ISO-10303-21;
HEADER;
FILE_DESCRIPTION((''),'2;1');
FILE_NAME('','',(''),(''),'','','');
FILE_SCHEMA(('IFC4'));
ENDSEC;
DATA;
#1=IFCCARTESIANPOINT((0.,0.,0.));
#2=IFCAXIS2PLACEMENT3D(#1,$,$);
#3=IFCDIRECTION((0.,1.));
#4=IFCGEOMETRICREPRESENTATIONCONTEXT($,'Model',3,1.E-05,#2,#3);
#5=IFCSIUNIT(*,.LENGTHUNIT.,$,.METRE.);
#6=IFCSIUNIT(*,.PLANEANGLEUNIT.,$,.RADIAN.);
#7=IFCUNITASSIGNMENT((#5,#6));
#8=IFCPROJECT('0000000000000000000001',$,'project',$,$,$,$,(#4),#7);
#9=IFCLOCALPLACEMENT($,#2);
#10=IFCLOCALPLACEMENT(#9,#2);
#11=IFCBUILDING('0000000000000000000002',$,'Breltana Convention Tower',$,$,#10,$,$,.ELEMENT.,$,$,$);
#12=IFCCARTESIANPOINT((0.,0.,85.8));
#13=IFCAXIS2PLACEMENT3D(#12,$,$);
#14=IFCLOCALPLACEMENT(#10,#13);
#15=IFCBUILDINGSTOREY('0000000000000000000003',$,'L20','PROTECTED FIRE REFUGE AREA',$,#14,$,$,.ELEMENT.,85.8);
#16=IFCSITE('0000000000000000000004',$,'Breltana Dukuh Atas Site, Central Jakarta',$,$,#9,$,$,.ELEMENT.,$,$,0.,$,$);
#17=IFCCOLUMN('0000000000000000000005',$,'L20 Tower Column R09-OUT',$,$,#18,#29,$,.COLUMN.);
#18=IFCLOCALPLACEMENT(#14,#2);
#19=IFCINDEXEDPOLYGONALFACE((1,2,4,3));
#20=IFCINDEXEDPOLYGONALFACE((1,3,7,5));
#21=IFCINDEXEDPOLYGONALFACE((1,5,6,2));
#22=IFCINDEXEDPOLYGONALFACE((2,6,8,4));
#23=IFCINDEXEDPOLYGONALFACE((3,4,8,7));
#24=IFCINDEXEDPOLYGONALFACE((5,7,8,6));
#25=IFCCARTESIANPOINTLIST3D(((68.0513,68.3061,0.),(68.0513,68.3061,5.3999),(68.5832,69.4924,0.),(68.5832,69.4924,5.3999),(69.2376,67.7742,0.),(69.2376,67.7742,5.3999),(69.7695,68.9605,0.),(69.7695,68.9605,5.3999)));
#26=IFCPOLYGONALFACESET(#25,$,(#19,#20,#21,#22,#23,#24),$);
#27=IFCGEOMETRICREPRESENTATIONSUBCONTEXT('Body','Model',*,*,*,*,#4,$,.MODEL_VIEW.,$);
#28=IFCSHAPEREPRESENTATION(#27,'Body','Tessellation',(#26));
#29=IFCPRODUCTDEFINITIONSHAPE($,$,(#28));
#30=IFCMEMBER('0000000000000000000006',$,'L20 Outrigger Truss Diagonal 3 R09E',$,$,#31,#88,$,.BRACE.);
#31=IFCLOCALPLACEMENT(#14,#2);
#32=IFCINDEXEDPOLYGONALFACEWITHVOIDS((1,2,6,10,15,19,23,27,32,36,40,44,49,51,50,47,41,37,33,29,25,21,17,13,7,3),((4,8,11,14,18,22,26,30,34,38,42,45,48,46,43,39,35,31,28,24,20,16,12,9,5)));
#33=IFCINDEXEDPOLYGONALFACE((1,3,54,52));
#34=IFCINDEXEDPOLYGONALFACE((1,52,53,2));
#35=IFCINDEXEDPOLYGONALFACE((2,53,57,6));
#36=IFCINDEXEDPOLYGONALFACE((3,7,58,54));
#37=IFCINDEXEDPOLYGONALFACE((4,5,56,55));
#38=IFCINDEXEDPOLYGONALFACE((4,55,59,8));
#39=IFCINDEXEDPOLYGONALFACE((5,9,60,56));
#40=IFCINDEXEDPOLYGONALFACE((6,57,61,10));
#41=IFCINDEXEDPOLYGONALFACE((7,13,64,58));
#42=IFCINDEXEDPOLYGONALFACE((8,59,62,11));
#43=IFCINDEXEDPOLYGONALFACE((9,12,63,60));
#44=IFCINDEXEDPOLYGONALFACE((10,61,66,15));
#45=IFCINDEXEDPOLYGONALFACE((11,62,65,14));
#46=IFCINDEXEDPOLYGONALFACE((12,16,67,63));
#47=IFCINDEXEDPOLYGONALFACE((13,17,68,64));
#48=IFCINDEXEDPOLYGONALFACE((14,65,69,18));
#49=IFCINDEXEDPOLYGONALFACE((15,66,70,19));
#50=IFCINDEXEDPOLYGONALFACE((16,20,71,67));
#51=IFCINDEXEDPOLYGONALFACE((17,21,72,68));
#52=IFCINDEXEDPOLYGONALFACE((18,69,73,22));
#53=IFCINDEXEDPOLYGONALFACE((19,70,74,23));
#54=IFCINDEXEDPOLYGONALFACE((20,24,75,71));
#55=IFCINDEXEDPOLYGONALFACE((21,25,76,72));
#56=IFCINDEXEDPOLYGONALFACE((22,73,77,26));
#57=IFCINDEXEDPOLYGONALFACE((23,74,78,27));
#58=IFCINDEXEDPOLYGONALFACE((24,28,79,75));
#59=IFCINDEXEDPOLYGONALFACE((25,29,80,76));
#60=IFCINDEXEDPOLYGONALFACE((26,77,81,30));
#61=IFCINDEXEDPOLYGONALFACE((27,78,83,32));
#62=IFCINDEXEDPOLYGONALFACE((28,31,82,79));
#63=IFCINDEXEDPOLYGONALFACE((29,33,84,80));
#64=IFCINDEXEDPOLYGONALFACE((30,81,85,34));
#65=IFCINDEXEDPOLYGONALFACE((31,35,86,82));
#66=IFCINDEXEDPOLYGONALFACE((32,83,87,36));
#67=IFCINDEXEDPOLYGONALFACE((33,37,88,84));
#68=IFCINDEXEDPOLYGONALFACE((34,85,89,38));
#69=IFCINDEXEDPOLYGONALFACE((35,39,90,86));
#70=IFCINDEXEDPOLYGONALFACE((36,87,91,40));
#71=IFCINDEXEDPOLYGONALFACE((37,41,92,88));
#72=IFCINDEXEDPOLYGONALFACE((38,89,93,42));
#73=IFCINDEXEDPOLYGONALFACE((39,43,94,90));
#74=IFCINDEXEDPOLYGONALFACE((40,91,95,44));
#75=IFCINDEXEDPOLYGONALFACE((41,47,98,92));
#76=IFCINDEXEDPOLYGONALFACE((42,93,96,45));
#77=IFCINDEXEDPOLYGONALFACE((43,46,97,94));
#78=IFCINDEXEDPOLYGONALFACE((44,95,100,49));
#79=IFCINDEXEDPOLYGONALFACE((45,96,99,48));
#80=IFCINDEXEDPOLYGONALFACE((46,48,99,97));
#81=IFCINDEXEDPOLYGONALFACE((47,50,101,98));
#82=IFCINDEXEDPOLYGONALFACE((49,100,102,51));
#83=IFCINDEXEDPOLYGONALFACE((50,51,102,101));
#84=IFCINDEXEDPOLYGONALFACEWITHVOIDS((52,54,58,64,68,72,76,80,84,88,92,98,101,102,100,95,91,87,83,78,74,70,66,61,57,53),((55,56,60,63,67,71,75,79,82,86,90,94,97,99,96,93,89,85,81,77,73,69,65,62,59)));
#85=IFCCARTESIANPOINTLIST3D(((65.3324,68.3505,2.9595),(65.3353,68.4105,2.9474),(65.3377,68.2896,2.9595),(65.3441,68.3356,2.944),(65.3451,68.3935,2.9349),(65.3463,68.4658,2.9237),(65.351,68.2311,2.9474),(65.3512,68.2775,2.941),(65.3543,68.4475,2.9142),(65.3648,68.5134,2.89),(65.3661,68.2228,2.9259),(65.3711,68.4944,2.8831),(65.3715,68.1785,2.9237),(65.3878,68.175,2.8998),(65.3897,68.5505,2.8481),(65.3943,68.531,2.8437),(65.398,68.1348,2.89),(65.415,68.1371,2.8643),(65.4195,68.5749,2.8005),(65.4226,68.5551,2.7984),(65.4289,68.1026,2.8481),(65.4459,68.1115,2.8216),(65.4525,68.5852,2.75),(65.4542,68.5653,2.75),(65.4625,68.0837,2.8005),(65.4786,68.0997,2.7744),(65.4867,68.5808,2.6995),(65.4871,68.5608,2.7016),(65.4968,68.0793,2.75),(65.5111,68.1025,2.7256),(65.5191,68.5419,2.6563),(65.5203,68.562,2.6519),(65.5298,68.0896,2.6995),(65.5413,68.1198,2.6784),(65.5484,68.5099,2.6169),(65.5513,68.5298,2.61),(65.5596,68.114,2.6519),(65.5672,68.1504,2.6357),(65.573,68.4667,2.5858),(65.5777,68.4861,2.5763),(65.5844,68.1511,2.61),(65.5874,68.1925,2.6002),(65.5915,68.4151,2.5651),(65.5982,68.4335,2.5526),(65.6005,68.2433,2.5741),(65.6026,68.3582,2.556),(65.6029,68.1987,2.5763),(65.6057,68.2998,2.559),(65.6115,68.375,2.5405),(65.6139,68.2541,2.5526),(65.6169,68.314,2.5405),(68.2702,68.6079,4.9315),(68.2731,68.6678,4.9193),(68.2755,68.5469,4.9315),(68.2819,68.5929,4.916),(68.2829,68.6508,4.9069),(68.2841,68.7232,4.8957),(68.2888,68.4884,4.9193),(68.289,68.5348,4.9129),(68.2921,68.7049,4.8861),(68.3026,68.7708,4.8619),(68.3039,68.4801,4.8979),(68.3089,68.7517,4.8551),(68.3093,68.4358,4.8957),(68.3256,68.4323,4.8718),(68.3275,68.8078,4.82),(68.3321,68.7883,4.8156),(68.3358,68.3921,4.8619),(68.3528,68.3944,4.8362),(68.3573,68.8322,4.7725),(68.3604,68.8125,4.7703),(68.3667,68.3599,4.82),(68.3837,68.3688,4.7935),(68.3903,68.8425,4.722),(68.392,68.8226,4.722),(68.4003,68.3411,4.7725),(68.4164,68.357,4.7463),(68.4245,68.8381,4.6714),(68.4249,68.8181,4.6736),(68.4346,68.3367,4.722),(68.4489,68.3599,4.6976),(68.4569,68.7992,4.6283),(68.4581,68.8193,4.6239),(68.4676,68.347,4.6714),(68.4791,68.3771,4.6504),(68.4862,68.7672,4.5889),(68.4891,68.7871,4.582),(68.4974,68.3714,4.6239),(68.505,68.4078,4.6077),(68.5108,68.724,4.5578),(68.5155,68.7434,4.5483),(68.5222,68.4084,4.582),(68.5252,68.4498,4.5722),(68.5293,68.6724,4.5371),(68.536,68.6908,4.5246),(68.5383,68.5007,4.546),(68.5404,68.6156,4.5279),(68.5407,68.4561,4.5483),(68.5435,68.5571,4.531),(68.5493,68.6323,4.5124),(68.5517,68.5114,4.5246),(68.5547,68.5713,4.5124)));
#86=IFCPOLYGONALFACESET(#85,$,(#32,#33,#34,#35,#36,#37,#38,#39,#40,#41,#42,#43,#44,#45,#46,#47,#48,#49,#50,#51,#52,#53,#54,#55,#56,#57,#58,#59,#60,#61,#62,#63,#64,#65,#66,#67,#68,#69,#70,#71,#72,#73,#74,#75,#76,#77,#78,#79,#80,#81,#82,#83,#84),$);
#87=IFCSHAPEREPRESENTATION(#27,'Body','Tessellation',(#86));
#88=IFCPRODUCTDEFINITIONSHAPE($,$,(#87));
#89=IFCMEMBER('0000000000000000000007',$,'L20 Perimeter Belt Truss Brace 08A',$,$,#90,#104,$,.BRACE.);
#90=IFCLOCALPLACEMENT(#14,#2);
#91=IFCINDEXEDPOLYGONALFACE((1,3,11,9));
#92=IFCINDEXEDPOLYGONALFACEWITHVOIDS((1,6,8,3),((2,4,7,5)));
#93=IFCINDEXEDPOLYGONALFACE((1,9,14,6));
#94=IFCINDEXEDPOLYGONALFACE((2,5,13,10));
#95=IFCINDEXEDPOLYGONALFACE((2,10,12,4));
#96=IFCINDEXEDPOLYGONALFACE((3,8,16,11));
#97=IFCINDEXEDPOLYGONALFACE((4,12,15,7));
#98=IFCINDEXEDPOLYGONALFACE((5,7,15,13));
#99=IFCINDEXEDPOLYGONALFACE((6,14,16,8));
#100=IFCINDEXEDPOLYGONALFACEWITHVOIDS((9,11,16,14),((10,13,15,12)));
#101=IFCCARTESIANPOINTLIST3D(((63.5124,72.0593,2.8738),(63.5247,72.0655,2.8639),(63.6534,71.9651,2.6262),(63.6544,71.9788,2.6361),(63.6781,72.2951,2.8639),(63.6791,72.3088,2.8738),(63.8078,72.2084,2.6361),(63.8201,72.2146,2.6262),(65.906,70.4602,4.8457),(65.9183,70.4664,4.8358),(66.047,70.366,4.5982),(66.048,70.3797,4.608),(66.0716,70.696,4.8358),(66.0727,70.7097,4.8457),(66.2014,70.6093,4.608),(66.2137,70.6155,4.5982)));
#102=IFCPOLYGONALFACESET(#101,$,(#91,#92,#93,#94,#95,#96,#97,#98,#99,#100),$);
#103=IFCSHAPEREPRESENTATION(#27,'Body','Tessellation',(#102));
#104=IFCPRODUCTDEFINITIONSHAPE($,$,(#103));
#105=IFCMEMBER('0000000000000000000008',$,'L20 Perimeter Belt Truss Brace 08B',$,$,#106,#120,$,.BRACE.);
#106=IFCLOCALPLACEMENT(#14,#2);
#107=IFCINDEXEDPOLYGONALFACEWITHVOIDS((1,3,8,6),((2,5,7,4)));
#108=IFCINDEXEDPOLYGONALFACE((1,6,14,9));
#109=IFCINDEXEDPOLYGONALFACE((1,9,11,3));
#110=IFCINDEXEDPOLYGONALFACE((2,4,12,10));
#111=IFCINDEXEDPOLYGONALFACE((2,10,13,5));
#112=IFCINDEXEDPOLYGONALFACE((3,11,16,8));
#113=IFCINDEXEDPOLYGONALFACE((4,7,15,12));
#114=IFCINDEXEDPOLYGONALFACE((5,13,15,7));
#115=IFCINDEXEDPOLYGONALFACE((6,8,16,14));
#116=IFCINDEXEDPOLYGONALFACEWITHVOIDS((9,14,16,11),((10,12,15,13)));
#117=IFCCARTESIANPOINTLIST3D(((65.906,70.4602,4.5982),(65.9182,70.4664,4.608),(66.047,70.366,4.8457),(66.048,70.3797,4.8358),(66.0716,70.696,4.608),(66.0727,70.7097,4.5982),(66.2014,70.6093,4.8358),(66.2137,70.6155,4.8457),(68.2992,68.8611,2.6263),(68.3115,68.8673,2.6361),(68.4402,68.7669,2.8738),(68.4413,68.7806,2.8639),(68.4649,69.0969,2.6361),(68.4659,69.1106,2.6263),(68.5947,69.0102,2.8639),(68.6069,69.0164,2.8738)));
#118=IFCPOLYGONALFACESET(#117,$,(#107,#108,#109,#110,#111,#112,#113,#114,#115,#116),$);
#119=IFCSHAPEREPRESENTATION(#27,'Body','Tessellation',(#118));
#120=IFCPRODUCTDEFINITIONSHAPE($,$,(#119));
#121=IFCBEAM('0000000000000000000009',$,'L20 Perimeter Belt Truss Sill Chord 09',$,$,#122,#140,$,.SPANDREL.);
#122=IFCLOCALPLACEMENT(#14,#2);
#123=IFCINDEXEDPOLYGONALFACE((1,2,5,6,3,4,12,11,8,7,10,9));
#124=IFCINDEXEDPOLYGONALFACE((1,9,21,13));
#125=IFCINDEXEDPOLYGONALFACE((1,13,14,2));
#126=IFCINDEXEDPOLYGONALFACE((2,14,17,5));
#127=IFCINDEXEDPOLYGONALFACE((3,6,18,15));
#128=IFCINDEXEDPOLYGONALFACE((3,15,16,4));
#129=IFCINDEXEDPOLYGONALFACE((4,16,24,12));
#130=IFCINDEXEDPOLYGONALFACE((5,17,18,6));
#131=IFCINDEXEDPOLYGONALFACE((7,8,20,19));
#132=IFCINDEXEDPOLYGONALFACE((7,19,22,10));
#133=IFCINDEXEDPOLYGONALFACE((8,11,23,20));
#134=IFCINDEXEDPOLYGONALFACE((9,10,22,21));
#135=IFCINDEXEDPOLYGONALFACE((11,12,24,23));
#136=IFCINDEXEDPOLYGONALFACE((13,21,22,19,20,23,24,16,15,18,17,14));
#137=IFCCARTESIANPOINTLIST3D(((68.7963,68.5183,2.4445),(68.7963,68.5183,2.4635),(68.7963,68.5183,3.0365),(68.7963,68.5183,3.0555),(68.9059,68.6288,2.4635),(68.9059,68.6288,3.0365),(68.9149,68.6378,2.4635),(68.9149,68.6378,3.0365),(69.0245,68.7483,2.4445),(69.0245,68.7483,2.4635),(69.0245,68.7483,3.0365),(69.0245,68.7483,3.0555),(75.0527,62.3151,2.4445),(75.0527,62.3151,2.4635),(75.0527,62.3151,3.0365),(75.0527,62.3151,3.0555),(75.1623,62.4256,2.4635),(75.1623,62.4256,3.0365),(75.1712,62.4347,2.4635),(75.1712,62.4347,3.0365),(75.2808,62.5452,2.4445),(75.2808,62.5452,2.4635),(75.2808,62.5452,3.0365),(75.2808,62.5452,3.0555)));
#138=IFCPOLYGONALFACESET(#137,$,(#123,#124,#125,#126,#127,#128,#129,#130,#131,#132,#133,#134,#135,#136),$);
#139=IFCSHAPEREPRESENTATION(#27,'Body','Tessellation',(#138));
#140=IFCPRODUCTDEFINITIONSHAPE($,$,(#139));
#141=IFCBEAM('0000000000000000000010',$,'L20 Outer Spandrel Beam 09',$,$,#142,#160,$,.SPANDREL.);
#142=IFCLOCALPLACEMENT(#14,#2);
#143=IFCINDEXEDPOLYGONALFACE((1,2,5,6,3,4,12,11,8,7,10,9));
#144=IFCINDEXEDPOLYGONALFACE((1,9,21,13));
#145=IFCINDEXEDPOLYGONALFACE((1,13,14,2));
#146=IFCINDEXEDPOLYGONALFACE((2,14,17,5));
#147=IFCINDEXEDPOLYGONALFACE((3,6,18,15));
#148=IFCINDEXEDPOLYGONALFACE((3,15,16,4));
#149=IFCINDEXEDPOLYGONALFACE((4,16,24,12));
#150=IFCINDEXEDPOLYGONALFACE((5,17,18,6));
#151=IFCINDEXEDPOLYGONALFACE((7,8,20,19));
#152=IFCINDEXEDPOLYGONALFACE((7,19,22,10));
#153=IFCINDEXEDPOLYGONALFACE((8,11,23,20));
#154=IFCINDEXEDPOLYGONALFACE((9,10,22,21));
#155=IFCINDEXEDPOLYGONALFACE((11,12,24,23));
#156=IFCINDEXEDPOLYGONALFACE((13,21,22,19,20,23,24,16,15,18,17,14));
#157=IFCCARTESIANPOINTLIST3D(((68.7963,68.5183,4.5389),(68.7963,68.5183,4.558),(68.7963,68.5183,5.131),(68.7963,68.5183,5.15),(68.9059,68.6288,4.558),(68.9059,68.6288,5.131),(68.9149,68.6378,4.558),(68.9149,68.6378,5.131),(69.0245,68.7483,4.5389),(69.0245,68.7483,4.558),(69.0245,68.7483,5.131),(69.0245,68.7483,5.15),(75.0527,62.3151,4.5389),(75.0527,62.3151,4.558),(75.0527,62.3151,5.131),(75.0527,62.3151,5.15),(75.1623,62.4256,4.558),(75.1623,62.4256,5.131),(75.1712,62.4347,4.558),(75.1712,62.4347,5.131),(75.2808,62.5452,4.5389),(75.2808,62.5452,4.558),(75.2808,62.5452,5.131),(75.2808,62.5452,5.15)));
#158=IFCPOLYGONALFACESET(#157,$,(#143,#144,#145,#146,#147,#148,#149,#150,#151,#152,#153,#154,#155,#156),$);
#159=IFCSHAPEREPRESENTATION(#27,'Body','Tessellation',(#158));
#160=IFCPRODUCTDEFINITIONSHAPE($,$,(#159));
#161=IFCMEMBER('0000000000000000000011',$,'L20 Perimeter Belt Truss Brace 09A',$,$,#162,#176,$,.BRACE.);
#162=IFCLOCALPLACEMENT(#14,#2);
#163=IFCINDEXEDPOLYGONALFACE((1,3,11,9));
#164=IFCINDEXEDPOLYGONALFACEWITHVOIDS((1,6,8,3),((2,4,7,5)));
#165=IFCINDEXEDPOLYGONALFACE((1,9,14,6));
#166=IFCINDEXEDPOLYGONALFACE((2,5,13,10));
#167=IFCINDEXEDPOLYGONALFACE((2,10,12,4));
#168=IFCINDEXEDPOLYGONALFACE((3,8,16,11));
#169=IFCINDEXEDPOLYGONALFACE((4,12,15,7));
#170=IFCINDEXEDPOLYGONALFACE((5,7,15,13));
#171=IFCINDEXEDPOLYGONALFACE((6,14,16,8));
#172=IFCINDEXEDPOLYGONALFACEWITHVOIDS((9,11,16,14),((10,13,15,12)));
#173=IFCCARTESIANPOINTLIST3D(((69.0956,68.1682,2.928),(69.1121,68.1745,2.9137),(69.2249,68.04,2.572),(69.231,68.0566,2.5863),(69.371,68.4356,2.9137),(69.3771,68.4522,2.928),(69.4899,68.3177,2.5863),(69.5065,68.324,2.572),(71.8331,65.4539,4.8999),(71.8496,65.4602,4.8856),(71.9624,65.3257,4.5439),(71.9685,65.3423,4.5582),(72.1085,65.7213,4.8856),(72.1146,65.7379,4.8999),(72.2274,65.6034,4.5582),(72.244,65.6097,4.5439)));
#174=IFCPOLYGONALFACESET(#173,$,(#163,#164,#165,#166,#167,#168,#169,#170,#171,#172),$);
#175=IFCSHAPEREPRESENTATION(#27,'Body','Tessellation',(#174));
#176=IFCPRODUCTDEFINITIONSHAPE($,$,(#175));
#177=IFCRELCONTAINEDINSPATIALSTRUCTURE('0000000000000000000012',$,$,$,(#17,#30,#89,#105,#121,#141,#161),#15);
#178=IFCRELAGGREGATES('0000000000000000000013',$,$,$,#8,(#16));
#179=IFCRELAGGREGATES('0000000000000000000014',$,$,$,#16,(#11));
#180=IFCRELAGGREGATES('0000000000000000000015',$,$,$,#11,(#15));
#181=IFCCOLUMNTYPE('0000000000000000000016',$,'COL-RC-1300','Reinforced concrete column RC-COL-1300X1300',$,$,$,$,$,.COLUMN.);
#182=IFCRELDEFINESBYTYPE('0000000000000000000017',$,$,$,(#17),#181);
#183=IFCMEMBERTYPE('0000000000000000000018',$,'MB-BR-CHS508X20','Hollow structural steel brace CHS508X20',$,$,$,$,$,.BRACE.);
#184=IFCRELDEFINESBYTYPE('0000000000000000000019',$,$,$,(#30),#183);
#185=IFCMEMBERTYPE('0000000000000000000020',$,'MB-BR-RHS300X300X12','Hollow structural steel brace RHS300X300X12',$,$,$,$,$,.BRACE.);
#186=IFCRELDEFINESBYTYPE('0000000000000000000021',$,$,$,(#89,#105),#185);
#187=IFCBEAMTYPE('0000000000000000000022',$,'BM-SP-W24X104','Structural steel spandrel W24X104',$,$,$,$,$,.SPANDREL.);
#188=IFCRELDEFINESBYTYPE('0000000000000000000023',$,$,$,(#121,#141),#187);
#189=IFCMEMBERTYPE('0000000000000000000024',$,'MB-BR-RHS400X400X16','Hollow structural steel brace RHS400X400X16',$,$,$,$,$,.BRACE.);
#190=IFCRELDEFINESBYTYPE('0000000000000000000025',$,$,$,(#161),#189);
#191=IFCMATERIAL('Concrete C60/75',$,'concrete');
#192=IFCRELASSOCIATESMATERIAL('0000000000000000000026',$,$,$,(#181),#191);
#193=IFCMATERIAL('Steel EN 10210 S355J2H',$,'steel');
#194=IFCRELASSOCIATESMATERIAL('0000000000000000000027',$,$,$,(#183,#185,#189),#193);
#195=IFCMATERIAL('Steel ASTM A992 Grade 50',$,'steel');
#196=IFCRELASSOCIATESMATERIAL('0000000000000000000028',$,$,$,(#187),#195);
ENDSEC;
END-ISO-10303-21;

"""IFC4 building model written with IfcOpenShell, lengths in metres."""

from ifc_helpers import new_model, si_unit, direction, frame, origin, origin_2d, place, context, subcontext, project, spatial, rectangle, hollow_rectangle, hollow_circle, i_section, extrude, source, transform, mapped, material, material_profile, profile_set, type_object, type_shapes, element, save


model = new_model("IFC4")

# Units and contexts
model_context = context("Model", 3, precision=1e-05, world=origin(), true_north=direction((0.0, 1.0)))
body_context = subcontext(model_context, "Body", "Model", "MODEL_VIEW")
ifc_project = project(units=[si_unit("LENGTHUNIT", "METRE"), si_unit("PLANEANGLEUNIT", "RADIAN")], contexts=[model_context])

# Site, building, storey
site_placement = place(None, origin())
site = spatial("IfcSite", under=ifc_project, at=site_placement, Name="Breltana Dukuh Atas Site, Central Jakarta", CompositionType="ELEMENT", RefElevation=0.0)
building_placement = place(site_placement, origin())
building = spatial("IfcBuilding", under=site, at=building_placement, Name="Breltana Convention Tower", CompositionType="ELEMENT")
storey_placement = place(building_placement, frame((0.0, 0.0, 85.8)))
storey = spatial("IfcBuildingStorey", under=building, at=storey_placement, Name="L20", Description="PROTECTED FIRE REFUGE AREA", CompositionType="ELEMENT", Elevation=85.8)

# Column
ifc_material_1 = material(Name="Concrete C60/75", Category="concrete")
ifc_material_profile_1 = material_profile(ifc_material_1, rectangle(XDim=1.3, YDim=1.3, at=origin_2d()), Name="RC-COL-1300X1300")
ifc_profile_set_1 = profile_set([ifc_material_profile_1], Name="Concrete C60/75")
column_type = type_object("IfcColumnType", Name="COL-RC-1300", Description="Reinforced concrete column RC-COL-1300X1300", PredefinedType="COLUMN", material=ifc_profile_set_1)
shared_shape_1 = source(origin(), body_context, "Body", "SweptSolid", [
    extrude(rectangle(XDim=1.3, YDim=1.3, at=origin_2d()), origin(), (0.0, 0.0, 1.0), 5.3999),
])
type_shapes(column_type, [shared_shape_1])
column_placement = place(storey_placement, frame((68.9104, 68.6333, 0.0), z_axis=(0.0, 0.0, 1.0), x_axis=(0.409127, 0.912477, 0.0)))
element("IfcColumn", 1, at=column_placement, inside=storey, type_object=column_type, Name="L20 Tower Column R09-OUT", PredefinedType="COLUMN", context=body_context, shape_type="MappedRepresentation", body=[
    mapped(shared_shape_1, transform((0.0, 0.0, 0.0), scale=1.0)),
])

# Members
ifc_material_2 = material(Name="Steel EN 10210 S355J2H", Category="steel")
ifc_material_profile_2 = material_profile(ifc_material_2, hollow_circle(Radius=0.2539, WallThickness=0.02, at=origin_2d()), Name="CHS508X20")
ifc_profile_set_2 = profile_set([ifc_material_profile_2], Name="Steel EN 10210 S355J2H")
member_type_1 = type_object("IfcMemberType", Name="MB-BR-CHS508X20", Description="Hollow structural steel brace CHS508X20", PredefinedType="BRACE", material=ifc_profile_set_2)
shared_shape_2 = source(origin(), body_context, "Body", "SweptSolid", [
    extrude(hollow_circle(Radius=0.2539, WallThickness=0.02, at=origin_2d()), origin(), (0.0, 0.0, 1.0), 3.5476),
])
member_1_placement = place(storey_placement, frame((65.4746, 68.3323, 2.75), z_axis=(0.828107, 0.072536, 0.555857), x_axis=(-0.087258, 0.996186, 0.0)))
element("IfcMember", 2, at=member_1_placement, inside=storey, type_object=member_type_1, Name="L20 Outrigger Truss Diagonal 3 R09E", PredefinedType="BRACE", context=body_context, shape_type="MappedRepresentation", body=[
    mapped(shared_shape_2, transform((0.0, 0.0, 0.0), scale=1.0)),
])
ifc_material_profile_3 = material_profile(ifc_material_2, hollow_rectangle(XDim=0.3, YDim=0.3, WallThickness=0.012, at=origin_2d()), Name="RHS300X300X12")
ifc_profile_set_3 = profile_set([ifc_material_profile_3], Name="Steel EN 10210 S355J2H")
member_type_2 = type_object("IfcMemberType", Name="MB-BR-RHS300X300X12", Description="Hollow structural steel brace RHS300X300X12", PredefinedType="BRACE", material=ifc_profile_set_3)
shared_shape_3 = source(origin(), body_context, "Body", "SweptSolid", [
    extrude(hollow_rectangle(XDim=0.3, YDim=0.3, WallThickness=0.012, at=origin_2d()), origin(), (0.0, 0.0, 1.0), 3.4893),
])
member_2_placement = place(storey_placement, frame((63.6663, 72.137, 2.75), z_axis=(0.685982, -0.458301, 0.565145), x_axis=(0.555522, 0.831502, 0.0)))
element("IfcMember", 3, at=member_2_placement, inside=storey, type_object=member_type_2, Name="L20 Perimeter Belt Truss Brace 08A", PredefinedType="BRACE", context=body_context, shape_type="MappedRepresentation", body=[
    mapped(shared_shape_3, transform((0.0, 0.0, 0.0), scale=1.0)),
])
shared_shape_4 = source(origin(), body_context, "Body", "SweptSolid", [
    extrude(hollow_rectangle(XDim=0.3, YDim=0.3, WallThickness=0.012, at=origin_2d()), origin(), (0.0, 0.0, 1.0), 3.489),
])
member_3_placement = place(storey_placement, frame((66.0598, 70.5378, 4.7219), z_axis=(0.685945, -0.458323, -0.565172), x_axis=(0.555561, 0.831476, 0.0)))
element("IfcMember", 4, at=member_3_placement, inside=storey, type_object=member_type_2, Name="L20 Perimeter Belt Truss Brace 08B", PredefinedType="BRACE", context=body_context, shape_type="MappedRepresentation", body=[
    mapped(shared_shape_4, transform((0.0, 0.0, 0.0), scale=1.0)),
])

# Beams
ifc_material_3 = material(Name="Steel ASTM A992 Grade 50", Category="steel")
ifc_material_profile_4 = material_profile(ifc_material_3, i_section(OverallWidth=0.324, OverallDepth=0.6111, WebThickness=0.0127, FlangeThickness=0.019, at=origin_2d()), Name="W24X104")
ifc_profile_set_4 = profile_set([ifc_material_profile_4], Name="Steel ASTM A992 Grade 50")
beam_type_1 = type_object("IfcBeamType", Name="BM-SP-W24X104", Description="Structural steel spandrel W24X104", PredefinedType="SPANDREL", material=ifc_profile_set_4)
shared_shape_5 = source(origin(), body_context, "Body", "SweptSolid", [
    extrude(i_section(OverallWidth=0.324, OverallDepth=0.6111, WebThickness=0.0127, FlangeThickness=0.019, at=origin_2d()), origin(), (0.0, 0.0, 1.0), 8.8103),
])
for number, where, z_axis, x_axis, name in (
    (5, (68.9104, 68.6333, 2.75), (0.710121, -0.70408, 0.0), (0.70408, 0.710121, 0.0), "L20 Perimeter Belt Truss Sill Chord 09"),
    (6, (68.9104, 68.6333, 4.8445), (0.710121, -0.70408, 0.0), (0.70408, 0.710121, 0.0), "L20 Outer Spandrel Beam 09"),
):
    element("IfcBeam", number, at=place(storey_placement, frame(where, z_axis=z_axis, x_axis=x_axis)), inside=storey, type_object=beam_type_1, Name=name, PredefinedType="SPANDREL", context=body_context, shape_type="MappedRepresentation", body=[
        mapped(shared_shape_5, transform((0.0, 0.0, 0.0), scale=1.0)),
    ])

# Member
ifc_material_profile_5 = material_profile(ifc_material_2, hollow_rectangle(XDim=0.3999, YDim=0.3999, WallThickness=0.0161, at=origin_2d()), Name="RHS400X400X16")
ifc_profile_set_5 = profile_set([ifc_material_profile_5], Name="Steel EN 10210 S355J2H")
member_type_3 = type_object("IfcMemberType", Name="MB-BR-RHS400X400X16", Description="Hollow structural steel brace RHS400X400X16", PredefinedType="BRACE", material=ifc_profile_set_5)
shared_shape_6 = source(origin(), body_context, "Body", "SweptSolid", [
    extrude(hollow_rectangle(XDim=0.3999, YDim=0.3999, WallThickness=0.0161, at=origin_2d()), origin(), (0.0, 0.0, 1.0), 4.3301),
])
member_4_placement = place(storey_placement, frame((69.301, 68.2461, 2.75), z_axis=(0.632203, -0.626847, 0.455392), x_axis=(0.704092, 0.710109, 0.0)))
element("IfcMember", 7, at=member_4_placement, inside=storey, type_object=member_type_3, Name="L20 Perimeter Belt Truss Brace 09A", PredefinedType="BRACE", context=body_context, shape_type="MappedRepresentation", body=[
    mapped(shared_shape_6, transform((0.0, 0.0, 0.0), scale=1.0)),
])

save(model, "model.ifc")
